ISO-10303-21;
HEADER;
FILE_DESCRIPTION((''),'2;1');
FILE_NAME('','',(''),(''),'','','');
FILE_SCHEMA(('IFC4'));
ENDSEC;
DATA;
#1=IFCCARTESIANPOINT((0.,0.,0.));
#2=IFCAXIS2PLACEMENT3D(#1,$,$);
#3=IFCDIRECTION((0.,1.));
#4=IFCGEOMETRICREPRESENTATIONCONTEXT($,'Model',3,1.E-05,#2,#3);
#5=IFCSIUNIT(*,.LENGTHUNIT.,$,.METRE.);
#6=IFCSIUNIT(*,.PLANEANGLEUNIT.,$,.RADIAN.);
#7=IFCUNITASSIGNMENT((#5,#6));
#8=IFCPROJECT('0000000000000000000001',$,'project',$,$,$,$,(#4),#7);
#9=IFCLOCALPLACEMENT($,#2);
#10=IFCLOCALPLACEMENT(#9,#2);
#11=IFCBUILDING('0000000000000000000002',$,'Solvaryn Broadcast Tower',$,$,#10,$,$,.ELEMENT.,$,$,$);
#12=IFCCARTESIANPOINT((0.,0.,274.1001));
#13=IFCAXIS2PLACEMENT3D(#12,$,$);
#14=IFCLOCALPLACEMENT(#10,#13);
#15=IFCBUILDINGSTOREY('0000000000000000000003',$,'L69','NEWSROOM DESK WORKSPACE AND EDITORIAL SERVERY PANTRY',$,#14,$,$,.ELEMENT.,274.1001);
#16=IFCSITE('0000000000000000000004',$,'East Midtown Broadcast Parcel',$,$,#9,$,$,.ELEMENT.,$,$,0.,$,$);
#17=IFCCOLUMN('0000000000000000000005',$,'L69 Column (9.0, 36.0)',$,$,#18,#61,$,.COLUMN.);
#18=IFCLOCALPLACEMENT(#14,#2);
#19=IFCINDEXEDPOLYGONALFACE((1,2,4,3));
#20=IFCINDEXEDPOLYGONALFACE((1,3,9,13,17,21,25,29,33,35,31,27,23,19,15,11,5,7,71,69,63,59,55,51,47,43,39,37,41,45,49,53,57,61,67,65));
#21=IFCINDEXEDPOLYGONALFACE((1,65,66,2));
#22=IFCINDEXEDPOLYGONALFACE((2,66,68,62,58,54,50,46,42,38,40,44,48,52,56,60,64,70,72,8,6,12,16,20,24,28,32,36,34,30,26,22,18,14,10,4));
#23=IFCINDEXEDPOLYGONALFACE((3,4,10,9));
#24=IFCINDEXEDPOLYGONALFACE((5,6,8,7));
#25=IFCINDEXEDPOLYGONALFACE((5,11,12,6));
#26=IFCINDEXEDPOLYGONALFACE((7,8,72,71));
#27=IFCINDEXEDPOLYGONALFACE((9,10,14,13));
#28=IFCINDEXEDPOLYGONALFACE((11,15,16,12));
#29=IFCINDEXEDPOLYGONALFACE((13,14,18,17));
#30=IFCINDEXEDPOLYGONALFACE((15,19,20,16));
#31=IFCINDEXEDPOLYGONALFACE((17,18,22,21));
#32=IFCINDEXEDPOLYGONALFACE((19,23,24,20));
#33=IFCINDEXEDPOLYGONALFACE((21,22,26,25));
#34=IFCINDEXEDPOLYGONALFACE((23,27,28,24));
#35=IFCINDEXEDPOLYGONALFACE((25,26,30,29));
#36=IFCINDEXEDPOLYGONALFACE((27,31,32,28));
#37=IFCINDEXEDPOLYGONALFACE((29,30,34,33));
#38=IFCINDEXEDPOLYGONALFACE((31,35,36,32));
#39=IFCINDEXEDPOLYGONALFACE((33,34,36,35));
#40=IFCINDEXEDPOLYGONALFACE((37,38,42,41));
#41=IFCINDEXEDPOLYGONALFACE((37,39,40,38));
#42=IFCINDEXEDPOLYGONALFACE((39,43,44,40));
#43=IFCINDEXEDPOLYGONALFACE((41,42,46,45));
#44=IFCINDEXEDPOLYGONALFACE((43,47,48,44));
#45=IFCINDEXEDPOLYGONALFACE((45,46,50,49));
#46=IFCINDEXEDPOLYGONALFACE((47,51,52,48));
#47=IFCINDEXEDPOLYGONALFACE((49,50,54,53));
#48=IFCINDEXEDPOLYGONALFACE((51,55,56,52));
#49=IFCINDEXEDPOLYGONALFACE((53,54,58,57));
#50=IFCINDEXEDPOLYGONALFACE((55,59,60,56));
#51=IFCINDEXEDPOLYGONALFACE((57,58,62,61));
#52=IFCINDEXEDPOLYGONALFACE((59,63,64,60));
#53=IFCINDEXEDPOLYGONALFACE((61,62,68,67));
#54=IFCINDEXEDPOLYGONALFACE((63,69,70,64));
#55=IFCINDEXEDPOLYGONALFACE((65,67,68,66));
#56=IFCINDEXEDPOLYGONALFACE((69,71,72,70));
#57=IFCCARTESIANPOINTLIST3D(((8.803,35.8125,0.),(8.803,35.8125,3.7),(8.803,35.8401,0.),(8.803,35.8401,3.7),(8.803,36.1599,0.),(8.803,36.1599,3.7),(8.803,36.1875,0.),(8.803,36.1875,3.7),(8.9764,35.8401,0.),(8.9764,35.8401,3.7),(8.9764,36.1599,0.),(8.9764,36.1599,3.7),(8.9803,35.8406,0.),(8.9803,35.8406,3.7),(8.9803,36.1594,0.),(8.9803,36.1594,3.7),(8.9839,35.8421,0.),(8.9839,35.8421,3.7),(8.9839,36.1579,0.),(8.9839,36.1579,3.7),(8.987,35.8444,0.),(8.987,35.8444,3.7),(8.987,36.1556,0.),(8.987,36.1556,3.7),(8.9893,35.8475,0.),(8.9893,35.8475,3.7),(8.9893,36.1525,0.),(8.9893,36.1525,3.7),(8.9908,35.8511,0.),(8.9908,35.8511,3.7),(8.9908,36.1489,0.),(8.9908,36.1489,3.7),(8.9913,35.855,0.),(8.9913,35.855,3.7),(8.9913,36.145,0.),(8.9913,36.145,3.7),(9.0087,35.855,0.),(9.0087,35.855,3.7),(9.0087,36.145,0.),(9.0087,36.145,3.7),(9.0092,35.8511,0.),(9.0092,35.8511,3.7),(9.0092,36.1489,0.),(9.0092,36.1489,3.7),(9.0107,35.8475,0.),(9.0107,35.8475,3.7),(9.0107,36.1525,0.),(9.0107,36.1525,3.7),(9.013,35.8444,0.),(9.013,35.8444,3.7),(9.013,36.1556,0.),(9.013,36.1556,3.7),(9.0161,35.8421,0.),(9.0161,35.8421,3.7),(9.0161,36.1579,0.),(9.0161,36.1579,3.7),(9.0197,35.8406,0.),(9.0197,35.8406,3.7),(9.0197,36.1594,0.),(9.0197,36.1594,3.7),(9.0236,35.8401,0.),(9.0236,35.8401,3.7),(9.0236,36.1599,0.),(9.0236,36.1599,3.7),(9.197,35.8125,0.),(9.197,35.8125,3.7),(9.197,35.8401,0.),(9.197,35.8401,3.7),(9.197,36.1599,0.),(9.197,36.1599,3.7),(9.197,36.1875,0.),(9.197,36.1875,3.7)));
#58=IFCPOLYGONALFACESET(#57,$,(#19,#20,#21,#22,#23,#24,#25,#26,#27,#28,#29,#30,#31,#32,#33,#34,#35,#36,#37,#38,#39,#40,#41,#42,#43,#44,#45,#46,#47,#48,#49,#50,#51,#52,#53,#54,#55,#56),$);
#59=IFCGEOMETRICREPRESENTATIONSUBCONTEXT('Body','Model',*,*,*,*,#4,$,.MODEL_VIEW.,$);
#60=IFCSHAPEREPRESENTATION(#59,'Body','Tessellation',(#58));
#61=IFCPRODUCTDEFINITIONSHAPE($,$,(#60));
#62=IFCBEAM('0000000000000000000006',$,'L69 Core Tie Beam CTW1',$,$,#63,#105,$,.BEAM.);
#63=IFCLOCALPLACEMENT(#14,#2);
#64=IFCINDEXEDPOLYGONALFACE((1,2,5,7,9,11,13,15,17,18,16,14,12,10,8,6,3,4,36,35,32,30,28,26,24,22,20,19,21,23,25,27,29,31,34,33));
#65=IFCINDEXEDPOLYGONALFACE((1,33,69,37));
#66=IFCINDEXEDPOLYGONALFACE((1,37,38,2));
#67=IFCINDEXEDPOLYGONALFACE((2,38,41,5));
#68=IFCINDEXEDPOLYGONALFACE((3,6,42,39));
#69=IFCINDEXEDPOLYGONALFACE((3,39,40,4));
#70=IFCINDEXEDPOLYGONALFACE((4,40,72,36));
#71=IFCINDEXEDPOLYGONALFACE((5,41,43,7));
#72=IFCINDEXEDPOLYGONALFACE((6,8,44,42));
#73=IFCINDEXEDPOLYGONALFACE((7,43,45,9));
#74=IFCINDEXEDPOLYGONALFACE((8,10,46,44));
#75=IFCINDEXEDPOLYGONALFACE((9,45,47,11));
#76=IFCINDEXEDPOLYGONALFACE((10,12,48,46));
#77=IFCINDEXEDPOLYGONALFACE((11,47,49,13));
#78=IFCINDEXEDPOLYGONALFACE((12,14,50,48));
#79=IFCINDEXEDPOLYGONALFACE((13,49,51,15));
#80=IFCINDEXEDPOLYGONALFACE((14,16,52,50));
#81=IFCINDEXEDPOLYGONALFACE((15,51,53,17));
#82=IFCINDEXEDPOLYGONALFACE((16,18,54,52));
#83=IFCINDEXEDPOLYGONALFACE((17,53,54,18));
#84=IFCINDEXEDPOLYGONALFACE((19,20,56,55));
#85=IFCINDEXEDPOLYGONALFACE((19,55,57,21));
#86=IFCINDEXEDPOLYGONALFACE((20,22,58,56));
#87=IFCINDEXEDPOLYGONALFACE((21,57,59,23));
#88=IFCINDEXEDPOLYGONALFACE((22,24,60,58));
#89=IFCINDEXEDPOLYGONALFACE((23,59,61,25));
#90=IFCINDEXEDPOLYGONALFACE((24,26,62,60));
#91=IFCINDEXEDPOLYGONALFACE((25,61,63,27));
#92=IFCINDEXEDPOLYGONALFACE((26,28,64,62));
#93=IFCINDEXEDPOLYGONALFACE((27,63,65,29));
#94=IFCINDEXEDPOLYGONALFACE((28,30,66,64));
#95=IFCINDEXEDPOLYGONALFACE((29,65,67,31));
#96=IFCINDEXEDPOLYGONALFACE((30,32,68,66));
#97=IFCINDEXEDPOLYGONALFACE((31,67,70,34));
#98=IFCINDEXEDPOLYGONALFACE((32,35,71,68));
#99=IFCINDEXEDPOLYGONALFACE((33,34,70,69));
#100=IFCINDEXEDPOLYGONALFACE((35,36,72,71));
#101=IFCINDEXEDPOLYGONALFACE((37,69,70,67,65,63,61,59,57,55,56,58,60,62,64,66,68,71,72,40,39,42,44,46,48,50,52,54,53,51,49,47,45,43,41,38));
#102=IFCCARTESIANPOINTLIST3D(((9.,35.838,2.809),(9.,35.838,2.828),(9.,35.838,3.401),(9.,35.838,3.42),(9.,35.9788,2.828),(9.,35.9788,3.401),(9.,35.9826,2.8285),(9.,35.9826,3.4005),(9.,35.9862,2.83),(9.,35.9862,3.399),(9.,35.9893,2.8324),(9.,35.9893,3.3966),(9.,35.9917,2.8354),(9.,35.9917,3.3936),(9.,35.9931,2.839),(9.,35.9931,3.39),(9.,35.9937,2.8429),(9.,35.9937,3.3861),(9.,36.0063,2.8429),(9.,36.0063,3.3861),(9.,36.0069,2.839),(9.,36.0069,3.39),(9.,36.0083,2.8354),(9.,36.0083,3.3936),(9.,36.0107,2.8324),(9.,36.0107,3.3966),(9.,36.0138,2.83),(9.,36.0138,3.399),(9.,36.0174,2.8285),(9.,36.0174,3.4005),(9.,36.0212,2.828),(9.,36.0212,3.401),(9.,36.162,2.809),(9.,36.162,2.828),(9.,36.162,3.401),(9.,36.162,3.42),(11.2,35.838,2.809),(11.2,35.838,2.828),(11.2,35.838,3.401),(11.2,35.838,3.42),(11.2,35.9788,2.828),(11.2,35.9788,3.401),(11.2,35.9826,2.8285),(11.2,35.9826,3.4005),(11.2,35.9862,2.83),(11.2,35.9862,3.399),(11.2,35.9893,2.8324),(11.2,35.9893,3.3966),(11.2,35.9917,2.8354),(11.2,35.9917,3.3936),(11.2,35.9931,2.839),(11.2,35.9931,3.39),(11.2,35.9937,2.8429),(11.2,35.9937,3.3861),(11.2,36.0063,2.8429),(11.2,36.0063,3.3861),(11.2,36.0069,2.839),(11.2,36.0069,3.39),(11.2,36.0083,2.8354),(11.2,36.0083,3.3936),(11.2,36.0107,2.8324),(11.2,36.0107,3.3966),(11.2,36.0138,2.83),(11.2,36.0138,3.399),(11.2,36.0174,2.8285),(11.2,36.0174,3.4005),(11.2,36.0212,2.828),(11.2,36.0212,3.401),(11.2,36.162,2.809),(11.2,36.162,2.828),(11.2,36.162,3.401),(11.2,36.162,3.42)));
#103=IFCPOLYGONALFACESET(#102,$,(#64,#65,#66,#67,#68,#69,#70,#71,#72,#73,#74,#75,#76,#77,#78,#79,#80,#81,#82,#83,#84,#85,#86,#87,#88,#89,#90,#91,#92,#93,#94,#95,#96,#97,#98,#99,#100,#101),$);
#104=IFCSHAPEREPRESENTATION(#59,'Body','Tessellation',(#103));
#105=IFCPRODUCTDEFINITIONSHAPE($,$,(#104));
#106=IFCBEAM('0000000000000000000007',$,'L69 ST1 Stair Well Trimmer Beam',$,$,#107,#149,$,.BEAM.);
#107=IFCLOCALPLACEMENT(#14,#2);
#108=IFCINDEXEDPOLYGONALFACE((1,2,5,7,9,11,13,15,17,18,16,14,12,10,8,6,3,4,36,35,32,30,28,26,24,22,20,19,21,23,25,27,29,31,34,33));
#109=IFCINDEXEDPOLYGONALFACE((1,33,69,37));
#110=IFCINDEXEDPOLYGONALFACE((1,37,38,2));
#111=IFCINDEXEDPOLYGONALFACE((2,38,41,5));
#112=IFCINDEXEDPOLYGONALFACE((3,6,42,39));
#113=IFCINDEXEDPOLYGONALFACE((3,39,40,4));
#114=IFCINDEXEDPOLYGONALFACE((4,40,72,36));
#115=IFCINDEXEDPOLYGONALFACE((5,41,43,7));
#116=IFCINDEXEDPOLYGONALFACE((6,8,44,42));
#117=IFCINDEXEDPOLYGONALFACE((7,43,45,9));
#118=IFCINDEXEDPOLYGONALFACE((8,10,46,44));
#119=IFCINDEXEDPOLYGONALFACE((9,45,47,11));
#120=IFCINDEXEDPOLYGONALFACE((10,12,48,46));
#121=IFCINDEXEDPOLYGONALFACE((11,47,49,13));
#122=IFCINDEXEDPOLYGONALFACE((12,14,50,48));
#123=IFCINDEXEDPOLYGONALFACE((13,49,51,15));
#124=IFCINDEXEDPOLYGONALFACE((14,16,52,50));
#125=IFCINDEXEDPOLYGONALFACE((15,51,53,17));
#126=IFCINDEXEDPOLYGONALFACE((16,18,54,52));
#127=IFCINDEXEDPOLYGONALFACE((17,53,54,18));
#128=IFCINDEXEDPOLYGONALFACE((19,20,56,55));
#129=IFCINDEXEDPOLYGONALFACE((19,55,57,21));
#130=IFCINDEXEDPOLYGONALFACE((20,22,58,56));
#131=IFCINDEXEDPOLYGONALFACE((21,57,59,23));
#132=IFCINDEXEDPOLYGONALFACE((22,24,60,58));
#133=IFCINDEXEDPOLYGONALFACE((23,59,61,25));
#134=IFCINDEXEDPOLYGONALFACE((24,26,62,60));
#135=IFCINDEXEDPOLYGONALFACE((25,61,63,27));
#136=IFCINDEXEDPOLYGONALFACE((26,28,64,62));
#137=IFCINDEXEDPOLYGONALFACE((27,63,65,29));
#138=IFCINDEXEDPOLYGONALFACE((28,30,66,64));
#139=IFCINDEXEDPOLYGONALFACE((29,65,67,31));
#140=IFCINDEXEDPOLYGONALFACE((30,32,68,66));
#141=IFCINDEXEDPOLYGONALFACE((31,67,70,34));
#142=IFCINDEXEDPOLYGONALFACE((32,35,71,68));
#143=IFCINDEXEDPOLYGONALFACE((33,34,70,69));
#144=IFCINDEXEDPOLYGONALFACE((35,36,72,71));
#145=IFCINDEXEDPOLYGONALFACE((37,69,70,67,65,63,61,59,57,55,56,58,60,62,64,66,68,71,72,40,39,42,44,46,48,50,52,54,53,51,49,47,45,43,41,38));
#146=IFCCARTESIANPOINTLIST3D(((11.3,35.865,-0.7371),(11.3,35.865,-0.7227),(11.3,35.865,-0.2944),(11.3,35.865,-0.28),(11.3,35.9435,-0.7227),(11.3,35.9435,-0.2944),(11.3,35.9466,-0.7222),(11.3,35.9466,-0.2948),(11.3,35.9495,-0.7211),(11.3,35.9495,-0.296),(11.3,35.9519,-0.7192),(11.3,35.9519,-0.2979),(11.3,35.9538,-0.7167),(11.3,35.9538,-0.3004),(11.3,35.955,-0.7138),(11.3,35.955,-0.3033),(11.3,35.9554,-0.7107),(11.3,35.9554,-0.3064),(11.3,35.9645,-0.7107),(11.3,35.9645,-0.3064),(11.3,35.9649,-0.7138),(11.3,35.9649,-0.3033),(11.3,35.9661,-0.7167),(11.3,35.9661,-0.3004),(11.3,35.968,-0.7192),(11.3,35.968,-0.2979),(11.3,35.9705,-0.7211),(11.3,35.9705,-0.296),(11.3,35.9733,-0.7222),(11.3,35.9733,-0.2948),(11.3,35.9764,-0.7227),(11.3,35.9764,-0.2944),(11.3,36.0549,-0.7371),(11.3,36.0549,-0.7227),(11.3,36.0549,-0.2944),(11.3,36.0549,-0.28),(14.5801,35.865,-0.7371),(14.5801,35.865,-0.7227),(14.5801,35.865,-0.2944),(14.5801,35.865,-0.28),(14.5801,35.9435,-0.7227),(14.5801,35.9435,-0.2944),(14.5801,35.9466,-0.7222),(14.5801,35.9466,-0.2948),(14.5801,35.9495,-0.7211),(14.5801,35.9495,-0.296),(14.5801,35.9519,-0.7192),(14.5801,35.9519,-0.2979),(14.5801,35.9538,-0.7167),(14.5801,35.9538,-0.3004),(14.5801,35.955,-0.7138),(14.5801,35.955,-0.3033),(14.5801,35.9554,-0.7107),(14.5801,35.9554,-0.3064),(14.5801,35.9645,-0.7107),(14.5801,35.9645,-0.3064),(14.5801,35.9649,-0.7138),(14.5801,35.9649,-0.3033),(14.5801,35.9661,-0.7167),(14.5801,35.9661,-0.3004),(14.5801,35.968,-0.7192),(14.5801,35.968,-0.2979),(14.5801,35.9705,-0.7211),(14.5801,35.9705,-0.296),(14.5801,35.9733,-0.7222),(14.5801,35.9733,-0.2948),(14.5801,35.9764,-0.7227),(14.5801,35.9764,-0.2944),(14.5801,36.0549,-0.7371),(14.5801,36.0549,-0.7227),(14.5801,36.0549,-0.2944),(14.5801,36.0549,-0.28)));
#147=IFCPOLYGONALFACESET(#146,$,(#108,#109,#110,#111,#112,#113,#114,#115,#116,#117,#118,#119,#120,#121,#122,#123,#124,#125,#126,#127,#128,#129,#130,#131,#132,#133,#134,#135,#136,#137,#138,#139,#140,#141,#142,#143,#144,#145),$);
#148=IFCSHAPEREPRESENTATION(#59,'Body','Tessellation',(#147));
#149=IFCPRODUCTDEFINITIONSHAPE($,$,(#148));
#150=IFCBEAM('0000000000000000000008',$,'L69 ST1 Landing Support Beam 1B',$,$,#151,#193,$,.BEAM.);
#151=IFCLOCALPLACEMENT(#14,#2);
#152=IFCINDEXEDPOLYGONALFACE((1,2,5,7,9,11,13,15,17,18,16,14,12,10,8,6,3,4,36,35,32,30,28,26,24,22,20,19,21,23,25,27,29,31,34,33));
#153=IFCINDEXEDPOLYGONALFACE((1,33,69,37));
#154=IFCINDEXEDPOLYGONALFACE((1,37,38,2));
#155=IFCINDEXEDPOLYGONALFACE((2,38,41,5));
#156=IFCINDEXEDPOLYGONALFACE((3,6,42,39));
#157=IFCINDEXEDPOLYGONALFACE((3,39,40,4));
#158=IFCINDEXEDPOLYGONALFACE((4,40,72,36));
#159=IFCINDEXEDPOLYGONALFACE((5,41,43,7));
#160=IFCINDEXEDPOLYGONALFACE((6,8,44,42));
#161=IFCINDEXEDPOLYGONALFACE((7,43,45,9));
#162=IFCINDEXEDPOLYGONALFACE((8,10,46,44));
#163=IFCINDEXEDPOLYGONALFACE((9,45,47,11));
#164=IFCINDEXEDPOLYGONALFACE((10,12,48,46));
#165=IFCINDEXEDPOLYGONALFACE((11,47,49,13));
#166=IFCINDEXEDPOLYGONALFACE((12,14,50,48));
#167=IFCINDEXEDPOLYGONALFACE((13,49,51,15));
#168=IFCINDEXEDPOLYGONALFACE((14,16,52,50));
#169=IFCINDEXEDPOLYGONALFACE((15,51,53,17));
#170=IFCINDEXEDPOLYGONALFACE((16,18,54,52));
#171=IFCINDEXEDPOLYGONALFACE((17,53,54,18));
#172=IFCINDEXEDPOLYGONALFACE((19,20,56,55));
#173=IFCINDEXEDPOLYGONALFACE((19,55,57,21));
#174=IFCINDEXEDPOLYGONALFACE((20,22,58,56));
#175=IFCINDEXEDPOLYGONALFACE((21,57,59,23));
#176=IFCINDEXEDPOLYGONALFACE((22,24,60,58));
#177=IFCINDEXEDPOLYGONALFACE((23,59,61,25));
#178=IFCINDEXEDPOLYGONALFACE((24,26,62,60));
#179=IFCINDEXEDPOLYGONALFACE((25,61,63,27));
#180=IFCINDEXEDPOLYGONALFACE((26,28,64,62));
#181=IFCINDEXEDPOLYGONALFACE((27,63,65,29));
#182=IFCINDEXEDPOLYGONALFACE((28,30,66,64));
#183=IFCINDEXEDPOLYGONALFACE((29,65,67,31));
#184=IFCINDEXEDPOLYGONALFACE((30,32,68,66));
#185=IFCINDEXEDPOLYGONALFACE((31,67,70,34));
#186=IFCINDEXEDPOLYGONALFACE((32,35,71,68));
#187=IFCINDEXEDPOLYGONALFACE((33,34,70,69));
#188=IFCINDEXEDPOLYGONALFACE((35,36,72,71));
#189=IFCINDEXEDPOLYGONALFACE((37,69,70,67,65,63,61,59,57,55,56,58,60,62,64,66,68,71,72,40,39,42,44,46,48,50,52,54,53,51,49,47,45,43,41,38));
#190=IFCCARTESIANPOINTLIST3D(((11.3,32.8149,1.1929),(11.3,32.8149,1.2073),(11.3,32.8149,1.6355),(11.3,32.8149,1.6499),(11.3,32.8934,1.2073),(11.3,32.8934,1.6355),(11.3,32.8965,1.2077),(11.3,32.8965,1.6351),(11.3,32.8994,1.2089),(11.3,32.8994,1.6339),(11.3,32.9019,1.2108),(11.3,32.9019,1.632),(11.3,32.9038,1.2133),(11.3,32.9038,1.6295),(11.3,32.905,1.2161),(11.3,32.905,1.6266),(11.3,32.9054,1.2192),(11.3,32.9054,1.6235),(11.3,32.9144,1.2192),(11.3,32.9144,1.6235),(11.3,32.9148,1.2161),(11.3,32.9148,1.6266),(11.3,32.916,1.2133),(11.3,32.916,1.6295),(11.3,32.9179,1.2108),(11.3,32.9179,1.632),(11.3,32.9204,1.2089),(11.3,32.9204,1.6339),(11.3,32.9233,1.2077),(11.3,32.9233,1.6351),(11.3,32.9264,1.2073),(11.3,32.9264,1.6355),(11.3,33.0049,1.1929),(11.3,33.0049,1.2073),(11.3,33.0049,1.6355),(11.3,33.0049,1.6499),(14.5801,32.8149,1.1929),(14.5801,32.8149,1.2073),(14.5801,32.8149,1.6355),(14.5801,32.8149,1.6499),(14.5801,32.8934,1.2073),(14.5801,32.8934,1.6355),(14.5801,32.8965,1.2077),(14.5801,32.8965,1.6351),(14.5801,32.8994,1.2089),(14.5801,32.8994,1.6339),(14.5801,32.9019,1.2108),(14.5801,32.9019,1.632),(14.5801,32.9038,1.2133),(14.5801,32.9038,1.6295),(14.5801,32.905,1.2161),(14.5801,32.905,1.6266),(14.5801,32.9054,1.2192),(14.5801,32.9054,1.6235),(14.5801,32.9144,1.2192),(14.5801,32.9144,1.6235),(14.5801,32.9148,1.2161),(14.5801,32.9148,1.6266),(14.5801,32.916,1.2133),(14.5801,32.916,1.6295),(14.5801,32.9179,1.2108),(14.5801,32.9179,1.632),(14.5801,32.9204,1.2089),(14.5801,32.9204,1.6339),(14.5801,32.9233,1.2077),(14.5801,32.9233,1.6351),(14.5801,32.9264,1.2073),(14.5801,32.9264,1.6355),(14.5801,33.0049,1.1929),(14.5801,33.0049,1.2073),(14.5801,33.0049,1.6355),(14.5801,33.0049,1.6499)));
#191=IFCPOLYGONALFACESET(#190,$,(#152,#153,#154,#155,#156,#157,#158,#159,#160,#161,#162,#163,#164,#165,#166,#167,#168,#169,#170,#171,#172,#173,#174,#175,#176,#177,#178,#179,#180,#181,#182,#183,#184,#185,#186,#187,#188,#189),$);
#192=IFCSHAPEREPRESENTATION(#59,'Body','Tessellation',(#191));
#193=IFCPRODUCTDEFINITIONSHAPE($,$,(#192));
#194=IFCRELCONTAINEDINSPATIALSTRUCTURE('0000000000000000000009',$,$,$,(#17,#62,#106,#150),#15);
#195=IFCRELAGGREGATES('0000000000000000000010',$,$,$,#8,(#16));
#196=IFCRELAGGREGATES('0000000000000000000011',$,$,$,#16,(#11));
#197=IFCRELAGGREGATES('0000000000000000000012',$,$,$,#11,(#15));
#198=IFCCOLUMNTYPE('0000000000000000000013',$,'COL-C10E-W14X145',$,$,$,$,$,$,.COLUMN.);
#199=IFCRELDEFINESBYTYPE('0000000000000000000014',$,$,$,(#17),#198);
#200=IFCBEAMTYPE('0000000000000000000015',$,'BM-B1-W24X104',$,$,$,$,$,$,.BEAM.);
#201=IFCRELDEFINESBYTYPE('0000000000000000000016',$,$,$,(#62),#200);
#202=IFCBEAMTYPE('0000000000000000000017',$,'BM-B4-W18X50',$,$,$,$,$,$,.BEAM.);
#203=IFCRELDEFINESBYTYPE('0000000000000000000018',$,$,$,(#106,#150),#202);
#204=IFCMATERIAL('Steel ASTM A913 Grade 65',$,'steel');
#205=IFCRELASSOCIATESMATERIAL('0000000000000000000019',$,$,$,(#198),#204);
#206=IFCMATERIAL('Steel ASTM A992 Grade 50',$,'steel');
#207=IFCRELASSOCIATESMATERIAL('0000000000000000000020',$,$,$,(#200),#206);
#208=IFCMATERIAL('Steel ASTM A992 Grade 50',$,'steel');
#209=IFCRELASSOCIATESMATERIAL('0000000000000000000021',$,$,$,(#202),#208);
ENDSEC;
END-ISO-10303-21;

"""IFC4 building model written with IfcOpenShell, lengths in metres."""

from ifc_helpers import new_model, si_unit, direction, frame, origin, origin_2d, place, context, subcontext, project, spatial, i_section, extrude, material, material_profile, profile_set, type_object, element, save


model = new_model("IFC4")

# Units and contexts
model_context = context("Model", 3, precision=1e-05, world=origin(), true_north=direction((0.0, 1.0)))
body_context = subcontext(model_context, "Body", "Model", "MODEL_VIEW")
ifc_project = project(units=[si_unit("LENGTHUNIT", "METRE"), si_unit("PLANEANGLEUNIT", "RADIAN")], contexts=[model_context])

# Site, building, storey
site_placement = place(None, origin())
site = spatial("IfcSite", under=ifc_project, at=site_placement, Name="East Midtown Broadcast Parcel", CompositionType="ELEMENT", RefElevation=0.0)
building_placement = place(site_placement, origin())
building = spatial("IfcBuilding", under=site, at=building_placement, Name="Solvaryn Broadcast Tower", CompositionType="ELEMENT")
storey_placement = place(building_placement, frame((0.0, 0.0, 274.1001)))
storey = spatial("IfcBuildingStorey", under=building, at=storey_placement, Name="L69", Description="NEWSROOM DESK WORKSPACE AND EDITORIAL SERVERY PANTRY", CompositionType="ELEMENT", Elevation=274.1001)

# Column
ifc_material_1 = material(Name="Steel ASTM A913 Grade 65", Category="steel")
ifc_material_profile_1 = material_profile(ifc_material_1, i_section(OverallWidth=0.394, OverallDepth=0.375, WebThickness=0.0173, FlangeThickness=0.0276, FilletRadius=0.0149, at=origin_2d()))
ifc_profile_set_1 = profile_set([ifc_material_profile_1], Name="Steel ASTM A913 Grade 65")
column_type = type_object("IfcColumnType", Name="COL-C10E-W14X145", PredefinedType="COLUMN", material=ifc_profile_set_1)
column_placement = place(storey_placement, frame((9.0, 36.0, 0.0), z_axis=(0.0, 0.0, 1.0), x_axis=(1.0, 0.0, 0.0)))
element("IfcColumn", 1, at=column_placement, inside=storey, type_object=column_type, Name="L69 Column (9.0, 36.0)", PredefinedType="COLUMN", context=body_context, shape_type="SweptSolid", body=[
    extrude(i_section(OverallWidth=0.394, OverallDepth=0.375, WebThickness=0.0173, FlangeThickness=0.0276, FilletRadius=0.0149, at=origin_2d()), origin(), (0.0, 0.0, 1.0), 3.7),
])

# Beams
ifc_material_2 = material(Name="Steel ASTM A992 Grade 50", Category="steel")
ifc_material_profile_2 = material_profile(ifc_material_2, i_section(OverallWidth=0.324, OverallDepth=0.6111, WebThickness=0.0127, FlangeThickness=0.019, FilletRadius=0.0149, at=origin_2d()))
ifc_profile_set_2 = profile_set([ifc_material_profile_2], Name="Steel ASTM A992 Grade 50")
beam_type_1 = type_object("IfcBeamType", Name="BM-B1-W24X104", PredefinedType="BEAM", material=ifc_profile_set_2)
beam_placement = place(storey_placement, frame((9.0, 36.0, 3.1145), z_axis=(1.0, 0.0, 0.0), x_axis=(0.0, 1.0, 0.0)))
element("IfcBeam", 2, at=beam_placement, inside=storey, type_object=beam_type_1, Name="L69 Core Tie Beam CTW1", PredefinedType="BEAM", context=body_context, shape_type="SweptSolid", body=[
    extrude(i_section(OverallWidth=0.324, OverallDepth=0.6111, WebThickness=0.0127, FlangeThickness=0.019, FilletRadius=0.0149, at=origin_2d()), origin(), (0.0, 0.0, 1.0), 2.2),
])
ifc_material_3 = material(Name="Steel ASTM A992 Grade 50", Category="steel")
ifc_material_profile_3 = material_profile(ifc_material_3, i_section(OverallWidth=0.1899, OverallDepth=0.457, WebThickness=0.009, FlangeThickness=0.0144, FilletRadius=0.012, at=origin_2d()))
ifc_profile_set_3 = profile_set([ifc_material_profile_3], Name="Steel ASTM A992 Grade 50")
beam_type_2 = type_object("IfcBeamType", Name="BM-B4-W18X50", PredefinedType="BEAM", material=ifc_profile_set_3)
for number, where, z_axis, x_axis, name in (
    (3, (11.3, 35.96, -0.5085), (1.0, 0.0, 0.0), (0.0, 1.0, 0.0), "L69 ST1 Stair Well Trimmer Beam"),
    (4, (11.3, 32.9099, 1.4214), (1.0, 0.0, 0.0), (0.0, 1.0, 0.0), "L69 ST1 Landing Support Beam 1B"),
):
    element("IfcBeam", number, at=place(storey_placement, frame(where, z_axis=z_axis, x_axis=x_axis)), inside=storey, type_object=beam_type_2, Name=name, PredefinedType="BEAM", context=body_context, shape_type="SweptSolid", body=[
        extrude(i_section(OverallWidth=0.1899, OverallDepth=0.457, WebThickness=0.009, FlangeThickness=0.0144, FilletRadius=0.012, at=origin_2d()), origin(), (0.0, 0.0, 1.0), 3.28),
    ])

save(model, "model.ifc")
